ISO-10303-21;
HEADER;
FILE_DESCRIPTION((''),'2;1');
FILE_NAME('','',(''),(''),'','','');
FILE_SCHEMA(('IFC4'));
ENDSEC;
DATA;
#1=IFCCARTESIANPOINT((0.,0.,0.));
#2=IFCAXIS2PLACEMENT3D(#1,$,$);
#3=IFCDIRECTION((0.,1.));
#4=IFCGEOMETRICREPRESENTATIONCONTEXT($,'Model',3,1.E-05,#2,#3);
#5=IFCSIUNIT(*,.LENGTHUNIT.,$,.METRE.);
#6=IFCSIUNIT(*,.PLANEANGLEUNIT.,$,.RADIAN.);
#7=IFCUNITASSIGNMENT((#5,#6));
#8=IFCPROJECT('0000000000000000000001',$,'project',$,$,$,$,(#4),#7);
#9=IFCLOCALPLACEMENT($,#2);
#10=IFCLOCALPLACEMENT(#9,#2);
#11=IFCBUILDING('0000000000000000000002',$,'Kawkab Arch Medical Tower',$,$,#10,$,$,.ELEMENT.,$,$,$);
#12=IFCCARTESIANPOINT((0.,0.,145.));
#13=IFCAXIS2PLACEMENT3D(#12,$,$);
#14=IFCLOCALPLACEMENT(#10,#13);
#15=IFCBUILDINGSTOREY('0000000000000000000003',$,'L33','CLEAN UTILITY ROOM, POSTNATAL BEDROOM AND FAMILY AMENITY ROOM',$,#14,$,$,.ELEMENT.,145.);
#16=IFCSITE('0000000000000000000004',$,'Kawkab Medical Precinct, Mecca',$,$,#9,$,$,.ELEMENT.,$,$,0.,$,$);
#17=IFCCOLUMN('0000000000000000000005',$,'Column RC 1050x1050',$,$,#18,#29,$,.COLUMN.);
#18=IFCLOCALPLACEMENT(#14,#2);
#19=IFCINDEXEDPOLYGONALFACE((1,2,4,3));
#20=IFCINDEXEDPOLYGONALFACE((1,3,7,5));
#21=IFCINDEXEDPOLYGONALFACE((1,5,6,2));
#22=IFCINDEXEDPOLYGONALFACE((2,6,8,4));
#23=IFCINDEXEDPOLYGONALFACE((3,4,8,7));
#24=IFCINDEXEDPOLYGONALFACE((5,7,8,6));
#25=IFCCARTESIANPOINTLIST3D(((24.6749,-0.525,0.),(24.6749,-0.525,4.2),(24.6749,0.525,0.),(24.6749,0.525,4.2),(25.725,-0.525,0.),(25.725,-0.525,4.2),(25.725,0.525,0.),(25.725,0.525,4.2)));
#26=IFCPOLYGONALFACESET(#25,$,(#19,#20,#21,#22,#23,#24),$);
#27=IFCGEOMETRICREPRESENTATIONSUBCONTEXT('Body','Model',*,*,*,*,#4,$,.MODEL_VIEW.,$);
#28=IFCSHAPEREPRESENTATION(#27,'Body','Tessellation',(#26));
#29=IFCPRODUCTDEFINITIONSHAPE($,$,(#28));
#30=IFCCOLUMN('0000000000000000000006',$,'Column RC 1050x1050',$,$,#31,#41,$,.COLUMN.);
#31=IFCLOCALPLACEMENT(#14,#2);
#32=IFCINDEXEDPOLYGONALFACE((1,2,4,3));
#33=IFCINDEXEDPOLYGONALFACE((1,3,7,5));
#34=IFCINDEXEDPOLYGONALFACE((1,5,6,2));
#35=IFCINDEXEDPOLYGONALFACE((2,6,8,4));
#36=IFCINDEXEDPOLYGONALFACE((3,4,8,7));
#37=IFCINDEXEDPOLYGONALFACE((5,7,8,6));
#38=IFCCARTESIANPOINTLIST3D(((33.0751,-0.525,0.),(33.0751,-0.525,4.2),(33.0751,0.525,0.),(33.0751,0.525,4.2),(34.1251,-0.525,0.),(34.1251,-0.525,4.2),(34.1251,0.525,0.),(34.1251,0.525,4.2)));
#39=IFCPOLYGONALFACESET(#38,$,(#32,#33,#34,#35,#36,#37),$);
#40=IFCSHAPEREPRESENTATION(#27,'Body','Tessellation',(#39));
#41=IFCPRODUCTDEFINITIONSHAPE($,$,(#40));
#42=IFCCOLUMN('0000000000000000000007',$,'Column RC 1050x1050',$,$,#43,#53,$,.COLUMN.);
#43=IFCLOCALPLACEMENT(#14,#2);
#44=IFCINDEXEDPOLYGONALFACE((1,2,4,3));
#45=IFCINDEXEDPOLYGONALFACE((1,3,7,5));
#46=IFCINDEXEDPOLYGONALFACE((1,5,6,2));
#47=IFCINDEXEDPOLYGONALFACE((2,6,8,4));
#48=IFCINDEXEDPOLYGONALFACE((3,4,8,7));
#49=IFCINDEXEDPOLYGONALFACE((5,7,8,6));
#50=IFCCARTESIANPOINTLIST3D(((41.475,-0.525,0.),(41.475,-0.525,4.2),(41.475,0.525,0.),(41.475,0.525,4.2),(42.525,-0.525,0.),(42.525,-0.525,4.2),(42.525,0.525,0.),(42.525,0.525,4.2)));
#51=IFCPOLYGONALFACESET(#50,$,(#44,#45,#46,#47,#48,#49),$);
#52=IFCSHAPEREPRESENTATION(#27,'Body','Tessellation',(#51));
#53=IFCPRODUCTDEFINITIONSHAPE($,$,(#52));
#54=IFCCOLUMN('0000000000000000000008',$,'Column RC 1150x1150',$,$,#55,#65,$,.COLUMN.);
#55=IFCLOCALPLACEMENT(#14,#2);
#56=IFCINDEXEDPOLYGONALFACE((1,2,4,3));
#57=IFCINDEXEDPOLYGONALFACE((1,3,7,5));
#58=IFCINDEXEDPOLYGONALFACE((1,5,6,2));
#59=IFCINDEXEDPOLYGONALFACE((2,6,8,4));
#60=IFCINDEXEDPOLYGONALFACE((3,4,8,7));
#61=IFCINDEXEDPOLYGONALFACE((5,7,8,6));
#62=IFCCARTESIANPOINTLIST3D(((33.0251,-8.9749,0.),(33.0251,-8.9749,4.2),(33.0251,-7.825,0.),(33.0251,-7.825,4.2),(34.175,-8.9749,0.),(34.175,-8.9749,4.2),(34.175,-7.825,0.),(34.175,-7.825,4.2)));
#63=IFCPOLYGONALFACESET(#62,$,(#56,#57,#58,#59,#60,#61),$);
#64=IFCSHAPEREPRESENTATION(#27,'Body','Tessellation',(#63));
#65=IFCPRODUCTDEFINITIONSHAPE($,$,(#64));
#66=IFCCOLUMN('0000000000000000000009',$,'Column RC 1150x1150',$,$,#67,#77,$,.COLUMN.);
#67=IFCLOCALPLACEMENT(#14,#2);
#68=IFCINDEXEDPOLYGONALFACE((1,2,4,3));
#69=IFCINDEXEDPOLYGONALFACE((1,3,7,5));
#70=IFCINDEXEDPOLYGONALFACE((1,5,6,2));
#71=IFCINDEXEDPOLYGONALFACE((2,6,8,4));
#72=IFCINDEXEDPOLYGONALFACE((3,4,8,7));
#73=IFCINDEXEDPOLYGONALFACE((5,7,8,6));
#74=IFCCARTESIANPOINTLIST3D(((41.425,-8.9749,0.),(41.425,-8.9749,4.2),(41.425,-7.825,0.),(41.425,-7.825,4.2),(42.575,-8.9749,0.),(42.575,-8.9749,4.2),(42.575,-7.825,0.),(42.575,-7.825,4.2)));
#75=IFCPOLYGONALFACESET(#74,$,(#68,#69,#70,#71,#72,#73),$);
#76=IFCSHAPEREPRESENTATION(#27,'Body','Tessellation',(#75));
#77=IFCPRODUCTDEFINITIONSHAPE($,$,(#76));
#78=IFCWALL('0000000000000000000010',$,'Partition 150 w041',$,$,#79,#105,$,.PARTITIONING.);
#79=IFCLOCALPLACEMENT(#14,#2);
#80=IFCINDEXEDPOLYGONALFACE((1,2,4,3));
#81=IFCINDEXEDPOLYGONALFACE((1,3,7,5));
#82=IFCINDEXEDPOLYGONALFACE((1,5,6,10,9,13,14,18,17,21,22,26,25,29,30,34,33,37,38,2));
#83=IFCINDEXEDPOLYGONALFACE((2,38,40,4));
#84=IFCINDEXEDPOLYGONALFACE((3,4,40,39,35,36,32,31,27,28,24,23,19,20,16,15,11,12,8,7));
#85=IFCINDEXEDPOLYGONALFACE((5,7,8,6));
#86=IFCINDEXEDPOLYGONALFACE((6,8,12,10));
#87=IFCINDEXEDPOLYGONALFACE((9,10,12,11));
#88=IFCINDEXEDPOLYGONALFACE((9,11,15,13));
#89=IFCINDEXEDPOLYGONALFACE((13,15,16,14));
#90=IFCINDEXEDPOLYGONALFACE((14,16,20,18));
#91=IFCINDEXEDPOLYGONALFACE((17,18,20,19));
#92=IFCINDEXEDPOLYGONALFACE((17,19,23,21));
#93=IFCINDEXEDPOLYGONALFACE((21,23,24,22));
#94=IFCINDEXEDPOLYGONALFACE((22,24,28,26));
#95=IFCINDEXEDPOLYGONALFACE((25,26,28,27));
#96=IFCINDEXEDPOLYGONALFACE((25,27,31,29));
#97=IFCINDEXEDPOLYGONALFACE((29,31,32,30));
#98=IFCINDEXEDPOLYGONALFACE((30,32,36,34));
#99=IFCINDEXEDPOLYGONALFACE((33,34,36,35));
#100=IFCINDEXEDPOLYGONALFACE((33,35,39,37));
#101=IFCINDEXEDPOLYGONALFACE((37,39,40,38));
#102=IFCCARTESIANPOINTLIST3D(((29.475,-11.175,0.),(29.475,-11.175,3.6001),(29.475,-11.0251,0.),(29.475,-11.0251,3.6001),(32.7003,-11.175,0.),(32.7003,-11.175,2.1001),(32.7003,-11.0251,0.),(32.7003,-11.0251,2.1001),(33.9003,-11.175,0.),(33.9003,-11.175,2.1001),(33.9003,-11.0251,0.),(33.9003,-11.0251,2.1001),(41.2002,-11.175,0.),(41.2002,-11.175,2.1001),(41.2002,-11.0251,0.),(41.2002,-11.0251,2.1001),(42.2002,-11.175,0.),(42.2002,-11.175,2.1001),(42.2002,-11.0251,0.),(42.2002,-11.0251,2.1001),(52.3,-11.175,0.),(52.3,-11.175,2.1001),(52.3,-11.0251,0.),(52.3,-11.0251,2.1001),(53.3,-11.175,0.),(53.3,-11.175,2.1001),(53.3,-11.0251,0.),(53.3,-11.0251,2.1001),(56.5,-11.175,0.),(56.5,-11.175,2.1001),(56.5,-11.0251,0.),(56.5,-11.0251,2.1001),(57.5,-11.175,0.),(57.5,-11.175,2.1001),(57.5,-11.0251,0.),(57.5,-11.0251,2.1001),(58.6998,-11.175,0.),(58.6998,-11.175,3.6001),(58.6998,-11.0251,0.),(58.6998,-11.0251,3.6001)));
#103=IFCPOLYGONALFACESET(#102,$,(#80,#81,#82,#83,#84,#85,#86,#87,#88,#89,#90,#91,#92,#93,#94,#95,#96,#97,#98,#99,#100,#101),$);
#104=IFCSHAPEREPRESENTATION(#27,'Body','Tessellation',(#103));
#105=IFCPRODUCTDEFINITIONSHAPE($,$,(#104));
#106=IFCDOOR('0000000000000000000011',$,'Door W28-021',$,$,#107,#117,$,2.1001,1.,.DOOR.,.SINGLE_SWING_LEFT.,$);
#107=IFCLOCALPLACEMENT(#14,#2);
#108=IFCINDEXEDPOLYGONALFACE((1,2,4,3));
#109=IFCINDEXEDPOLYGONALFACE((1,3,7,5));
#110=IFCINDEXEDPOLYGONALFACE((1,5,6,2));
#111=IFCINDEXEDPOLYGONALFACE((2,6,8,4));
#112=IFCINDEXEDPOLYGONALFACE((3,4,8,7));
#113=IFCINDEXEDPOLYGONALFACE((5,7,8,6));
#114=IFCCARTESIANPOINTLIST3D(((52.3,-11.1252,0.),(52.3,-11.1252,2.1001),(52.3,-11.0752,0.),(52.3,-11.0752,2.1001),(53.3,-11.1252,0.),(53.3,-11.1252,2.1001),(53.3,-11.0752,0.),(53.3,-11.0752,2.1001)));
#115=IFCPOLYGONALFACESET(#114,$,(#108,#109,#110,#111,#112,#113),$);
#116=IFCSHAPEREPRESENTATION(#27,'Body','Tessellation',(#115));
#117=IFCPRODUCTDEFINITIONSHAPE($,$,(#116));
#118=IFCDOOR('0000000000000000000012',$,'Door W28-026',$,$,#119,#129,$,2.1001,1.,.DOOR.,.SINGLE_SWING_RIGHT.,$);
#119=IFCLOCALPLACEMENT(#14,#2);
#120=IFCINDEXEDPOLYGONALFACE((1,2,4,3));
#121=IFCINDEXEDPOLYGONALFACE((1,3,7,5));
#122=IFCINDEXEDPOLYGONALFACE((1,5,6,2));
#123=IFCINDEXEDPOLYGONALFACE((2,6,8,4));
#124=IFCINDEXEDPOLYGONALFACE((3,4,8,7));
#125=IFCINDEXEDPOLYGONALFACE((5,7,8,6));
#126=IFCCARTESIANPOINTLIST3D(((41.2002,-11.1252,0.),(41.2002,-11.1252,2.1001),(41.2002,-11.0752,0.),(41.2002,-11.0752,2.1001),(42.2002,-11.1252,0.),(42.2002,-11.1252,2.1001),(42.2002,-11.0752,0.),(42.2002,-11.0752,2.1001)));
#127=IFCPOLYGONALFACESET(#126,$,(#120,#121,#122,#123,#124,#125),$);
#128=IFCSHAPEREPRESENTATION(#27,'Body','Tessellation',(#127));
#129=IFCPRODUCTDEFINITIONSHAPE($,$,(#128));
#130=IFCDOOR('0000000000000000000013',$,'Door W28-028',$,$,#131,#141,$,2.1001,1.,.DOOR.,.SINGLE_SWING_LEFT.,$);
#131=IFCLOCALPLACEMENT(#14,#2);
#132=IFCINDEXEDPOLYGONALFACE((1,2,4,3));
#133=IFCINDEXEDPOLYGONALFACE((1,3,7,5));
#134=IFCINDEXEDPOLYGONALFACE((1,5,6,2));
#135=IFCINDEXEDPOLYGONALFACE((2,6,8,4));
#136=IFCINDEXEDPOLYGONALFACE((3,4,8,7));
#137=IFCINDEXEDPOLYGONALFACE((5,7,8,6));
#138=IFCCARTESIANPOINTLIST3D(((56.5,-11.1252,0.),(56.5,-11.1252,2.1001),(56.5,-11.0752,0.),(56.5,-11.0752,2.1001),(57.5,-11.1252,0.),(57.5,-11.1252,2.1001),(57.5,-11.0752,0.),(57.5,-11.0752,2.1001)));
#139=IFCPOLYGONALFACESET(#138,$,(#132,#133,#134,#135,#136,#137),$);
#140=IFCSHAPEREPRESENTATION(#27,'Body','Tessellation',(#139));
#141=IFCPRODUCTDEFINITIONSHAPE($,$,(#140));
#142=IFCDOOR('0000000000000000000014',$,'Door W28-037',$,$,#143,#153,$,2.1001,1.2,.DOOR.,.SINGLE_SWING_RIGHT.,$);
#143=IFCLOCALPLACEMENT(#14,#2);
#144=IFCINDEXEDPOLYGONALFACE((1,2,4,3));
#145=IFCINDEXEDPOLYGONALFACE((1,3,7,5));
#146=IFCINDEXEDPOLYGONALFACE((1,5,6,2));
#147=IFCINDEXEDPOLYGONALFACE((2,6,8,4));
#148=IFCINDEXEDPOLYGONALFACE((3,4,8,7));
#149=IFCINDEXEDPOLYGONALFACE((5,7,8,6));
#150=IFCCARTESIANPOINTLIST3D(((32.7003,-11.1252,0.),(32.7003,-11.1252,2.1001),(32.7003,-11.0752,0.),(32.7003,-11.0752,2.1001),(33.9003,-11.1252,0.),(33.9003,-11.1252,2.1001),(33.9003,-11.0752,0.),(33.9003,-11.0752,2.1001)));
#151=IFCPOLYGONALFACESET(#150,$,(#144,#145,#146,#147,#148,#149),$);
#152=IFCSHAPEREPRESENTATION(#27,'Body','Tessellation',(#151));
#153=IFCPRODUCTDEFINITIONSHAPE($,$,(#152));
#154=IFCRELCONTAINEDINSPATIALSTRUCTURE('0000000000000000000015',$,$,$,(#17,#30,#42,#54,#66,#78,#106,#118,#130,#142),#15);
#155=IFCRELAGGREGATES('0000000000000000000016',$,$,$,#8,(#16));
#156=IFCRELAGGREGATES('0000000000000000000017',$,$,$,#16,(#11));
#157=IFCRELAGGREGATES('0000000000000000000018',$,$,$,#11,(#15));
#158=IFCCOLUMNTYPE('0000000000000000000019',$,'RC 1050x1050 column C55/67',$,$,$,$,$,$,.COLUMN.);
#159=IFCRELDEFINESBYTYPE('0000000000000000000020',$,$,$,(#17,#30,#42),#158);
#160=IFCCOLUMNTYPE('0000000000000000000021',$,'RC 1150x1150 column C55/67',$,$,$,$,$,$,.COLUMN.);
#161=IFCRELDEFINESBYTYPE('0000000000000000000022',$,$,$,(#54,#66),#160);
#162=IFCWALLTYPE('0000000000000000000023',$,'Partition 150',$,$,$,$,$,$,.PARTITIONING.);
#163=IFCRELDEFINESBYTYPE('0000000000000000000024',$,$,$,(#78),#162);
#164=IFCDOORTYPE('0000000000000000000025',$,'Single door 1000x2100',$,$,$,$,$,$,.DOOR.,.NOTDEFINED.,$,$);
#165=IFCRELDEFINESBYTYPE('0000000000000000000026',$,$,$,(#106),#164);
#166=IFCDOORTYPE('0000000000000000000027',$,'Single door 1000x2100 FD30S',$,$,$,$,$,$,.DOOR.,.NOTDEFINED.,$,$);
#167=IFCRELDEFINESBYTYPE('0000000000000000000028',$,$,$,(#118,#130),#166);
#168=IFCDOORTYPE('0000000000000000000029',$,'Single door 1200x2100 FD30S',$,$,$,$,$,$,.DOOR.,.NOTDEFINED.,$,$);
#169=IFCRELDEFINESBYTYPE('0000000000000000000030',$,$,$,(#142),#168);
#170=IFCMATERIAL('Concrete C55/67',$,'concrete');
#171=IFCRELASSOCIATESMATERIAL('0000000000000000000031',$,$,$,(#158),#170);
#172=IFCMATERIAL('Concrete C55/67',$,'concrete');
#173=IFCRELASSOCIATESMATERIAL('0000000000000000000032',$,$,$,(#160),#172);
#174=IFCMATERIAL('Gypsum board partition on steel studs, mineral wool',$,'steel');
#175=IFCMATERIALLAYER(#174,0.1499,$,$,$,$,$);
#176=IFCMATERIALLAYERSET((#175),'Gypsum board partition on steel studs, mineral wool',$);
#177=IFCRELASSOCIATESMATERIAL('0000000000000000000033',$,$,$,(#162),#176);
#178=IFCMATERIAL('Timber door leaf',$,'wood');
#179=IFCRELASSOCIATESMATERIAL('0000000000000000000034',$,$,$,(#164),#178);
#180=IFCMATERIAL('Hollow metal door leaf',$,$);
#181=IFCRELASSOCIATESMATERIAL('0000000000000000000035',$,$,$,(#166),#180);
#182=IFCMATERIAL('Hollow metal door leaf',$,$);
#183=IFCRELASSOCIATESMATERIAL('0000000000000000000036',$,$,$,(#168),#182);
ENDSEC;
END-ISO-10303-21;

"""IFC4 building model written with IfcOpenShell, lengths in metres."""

from ifc_helpers import new_model, si_unit, direction, frame, frame_2d, origin, origin_2d, place, context, subcontext, project, spatial, rectangle, extrude, material, layer, layer_set, material_profile, profile_set, type_object, element, fill, save


model = new_model("IFC4")

# Units and contexts
model_context = context("Model", 3, precision=1e-05, world=origin(), true_north=direction((0.0, 1.0)))
body_context = subcontext(model_context, "Body", "Model", "MODEL_VIEW")
ifc_project = project(units=[si_unit("LENGTHUNIT", "METRE"), si_unit("PLANEANGLEUNIT", "RADIAN")], contexts=[model_context])

# Site, building, storey
site_placement = place(None, origin())
site = spatial("IfcSite", under=ifc_project, at=site_placement, Name="Kawkab Medical Precinct, Mecca", CompositionType="ELEMENT", RefElevation=0.0)
building_placement = place(site_placement, origin())
building = spatial("IfcBuilding", under=site, at=building_placement, Name="Kawkab Arch Medical Tower", CompositionType="ELEMENT")
storey_placement = place(building_placement, frame((0.0, 0.0, 145.0)))
storey = spatial("IfcBuildingStorey", under=building, at=storey_placement, Name="L33", Description="CLEAN UTILITY ROOM, POSTNATAL BEDROOM AND FAMILY AMENITY ROOM", CompositionType="ELEMENT", Elevation=145.0)

# Columns
ifc_material_1 = material(Name="Concrete C55/67", Category="concrete")
ifc_material_profile_1 = material_profile(ifc_material_1, rectangle(XDim=1.05, YDim=1.05, at=origin_2d()), Name="RC 1050x1050")
ifc_profile_set_1 = profile_set([ifc_material_profile_1], Name="Concrete C55/67")
column_type_1 = type_object("IfcColumnType", Name="RC 1050x1050 column C55/67", PredefinedType="COLUMN", material=ifc_profile_set_1)
for number, where, z_axis, x_axis, name in (
    (1, (25.2, 0.0, 0.0), (0.0, 0.0, 1.0), (1.0, 0.0, 0.0), "Column RC 1050x1050"),
    (2, (33.6001, 0.0, 0.0), (0.0, 0.0, 1.0), (1.0, 0.0, 0.0), "Column RC 1050x1050"),
    (3, (42.0, 0.0, 0.0), (0.0, 0.0, 1.0), (1.0, 0.0, 0.0), "Column RC 1050x1050"),
):
    element("IfcColumn", number, at=place(storey_placement, frame(where, z_axis=z_axis, x_axis=x_axis)), inside=storey, type_object=column_type_1, Name=name, PredefinedType="COLUMN", context=body_context, shape_type="SweptSolid", body=[
        extrude(rectangle(XDim=1.05, YDim=1.05, at=origin_2d()), origin(), (0.0, 0.0, 1.0), 4.2),
    ])
ifc_material_2 = material(Name="Concrete C55/67", Category="concrete")
ifc_material_profile_2 = material_profile(ifc_material_2, rectangle(XDim=1.1499, YDim=1.1499, at=origin_2d()), Name="RC 1150x1150")
ifc_profile_set_2 = profile_set([ifc_material_profile_2], Name="Concrete C55/67")
column_type_2 = type_object("IfcColumnType", Name="RC 1150x1150 column C55/67", PredefinedType="COLUMN", material=ifc_profile_set_2)
for number, where, z_axis, x_axis, name in (
    (4, (33.6001, -8.3999, 0.0), (0.0, 0.0, 1.0), (1.0, 0.0, 0.0), "Column RC 1150x1150"),
    (5, (42.0, -8.3999, 0.0), (0.0, 0.0, 1.0), (1.0, 0.0, 0.0), "Column RC 1150x1150"),
):
    element("IfcColumn", number, at=place(storey_placement, frame(where, z_axis=z_axis, x_axis=x_axis)), inside=storey, type_object=column_type_2, Name=name, PredefinedType="COLUMN", context=body_context, shape_type="SweptSolid", body=[
        extrude(rectangle(XDim=1.1499, YDim=1.1499, at=origin_2d()), origin(), (0.0, 0.0, 1.0), 4.2),
    ])

# Wall, openings, doors
ifc_material_3 = material(Name="Gypsum board partition on steel studs, mineral wool", Category="steel")
ifc_layer = layer(ifc_material_3, 0.1499)
ifc_layer_set = layer_set([ifc_layer], Name="Gypsum board partition on steel studs, mineral wool")
wall_type = type_object("IfcWallType", Name="Partition 150", PredefinedType="PARTITIONING", material=ifc_layer_set)
wall_1_placement = place(storey_placement, frame((29.4751, -11.1001, 0.0), z_axis=(0.0, 0.0, 1.0), x_axis=(1.0, 0.0, 0.0)))
wall_1 = element("IfcWall", 6, at=wall_1_placement, inside=storey, type_object=wall_type, Name="Partition 150 w041", PredefinedType="PARTITIONING", context=body_context, shape_type="SweptSolid", body=[
    extrude(rectangle(XDim=29.2249, YDim=0.1499, at=frame_2d((14.6123, 0.0))), origin(), (0.0, 0.0, 1.0), 3.6001),
])
opening_1_placement = place(wall_1_placement, frame((3.2251, 0.0, 0.0)))
opening_1 = element("IfcOpeningElement", 7, at=opening_1_placement, cuts=wall_1, PredefinedType="OPENING", context=body_context, shape_type="SweptSolid", body=[
    extrude(rectangle(XDim=1.2, YDim=2.1001, at=frame_2d((0.6001, 1.05))), frame((0.0, 0.085, 0.0), z_axis=(0.0, -1.0, 0.0), x_axis=(1.0, 0.0, 0.0)), (0.0, 0.0, 1.0), 0.1699),
])
opening_2_placement = place(wall_1_placement, frame((11.7251, 0.0, 0.0)))
opening_2 = element("IfcOpeningElement", 8, at=opening_2_placement, cuts=wall_1, PredefinedType="OPENING", context=body_context, shape_type="SweptSolid", body=[
    extrude(rectangle(XDim=1.0, YDim=2.1001, at=frame_2d((0.5, 1.05))), frame((0.0, 0.085, 0.0), z_axis=(0.0, -1.0, 0.0), x_axis=(1.0, 0.0, 0.0)), (0.0, 0.0, 1.0), 0.1699),
])
opening_3_placement = place(wall_1_placement, frame((22.825, 0.0, 0.0)))
opening_3 = element("IfcOpeningElement", 9, at=opening_3_placement, cuts=wall_1, PredefinedType="OPENING", context=body_context, shape_type="SweptSolid", body=[
    extrude(rectangle(XDim=1.0, YDim=2.1001, at=frame_2d((0.5, 1.05))), frame((0.0, 0.085, 0.0), z_axis=(0.0, -1.0, 0.0), x_axis=(1.0, 0.0, 0.0)), (0.0, 0.0, 1.0), 0.1699),
])
opening_4_placement = place(wall_1_placement, frame((27.0249, 0.0, 0.0)))
opening_4 = element("IfcOpeningElement", 10, at=opening_4_placement, cuts=wall_1, PredefinedType="OPENING", context=body_context, shape_type="SweptSolid", body=[
    extrude(rectangle(XDim=1.0, YDim=2.1001, at=frame_2d((0.5, 1.05))), frame((0.0, 0.085, 0.0), z_axis=(0.0, -1.0, 0.0), x_axis=(1.0, 0.0, 0.0)), (0.0, 0.0, 1.0), 0.1699),
])
ifc_material_4 = material(Name="Timber door leaf", Category="wood")
door_type_1 = type_object("IfcDoorType", Name="Single door 1000x2100", OperationType="NOTDEFINED", PredefinedType="DOOR", material=ifc_material_4)
door_1_placement = place(opening_3_placement, origin())
door_1 = element("IfcDoor", 11, at=door_1_placement, inside=storey, type_object=door_type_1, Name="Door W28-021", OperationType="SINGLE_SWING_LEFT", OverallHeight=2.1001, OverallWidth=1.0, PredefinedType="DOOR", context=body_context, shape_type="SweptSolid", body=[
    extrude(rectangle(XDim=1.0, YDim=2.1001, at=frame_2d((0.5, 1.05))), frame((0.0, 0.0249, 0.0), z_axis=(0.0, -1.0, 0.0), x_axis=(1.0, 0.0, 0.0)), (0.0, 0.0, 1.0), 0.05),
])
fill(opening_3, door_1)
ifc_material_5 = material(Name="Hollow metal door leaf")
door_type_2 = type_object("IfcDoorType", Name="Single door 1000x2100 FD30S", OperationType="NOTDEFINED", PredefinedType="DOOR", material=ifc_material_5)
door_2_placement = place(opening_2_placement, origin())
door_2 = element("IfcDoor", 12, at=door_2_placement, inside=storey, type_object=door_type_2, Name="Door W28-026", OperationType="SINGLE_SWING_RIGHT", OverallHeight=2.1001, OverallWidth=1.0, PredefinedType="DOOR", context=body_context, shape_type="SweptSolid", body=[
    extrude(rectangle(XDim=1.0, YDim=2.1001, at=frame_2d((0.5, 1.05))), frame((0.0, 0.0249, 0.0), z_axis=(0.0, -1.0, 0.0), x_axis=(1.0, 0.0, 0.0)), (0.0, 0.0, 1.0), 0.05),
])
fill(opening_2, door_2)
door_3_placement = place(opening_4_placement, origin())
door_3 = element("IfcDoor", 13, at=door_3_placement, inside=storey, type_object=door_type_2, Name="Door W28-028", OperationType="SINGLE_SWING_LEFT", OverallHeight=2.1001, OverallWidth=1.0, PredefinedType="DOOR", context=body_context, shape_type="SweptSolid", body=[
    extrude(rectangle(XDim=1.0, YDim=2.1001, at=frame_2d((0.5, 1.05))), frame((0.0, 0.0249, 0.0), z_axis=(0.0, -1.0, 0.0), x_axis=(1.0, 0.0, 0.0)), (0.0, 0.0, 1.0), 0.05),
])
fill(opening_4, door_3)
ifc_material_6 = material(Name="Hollow metal door leaf")
door_type_3 = type_object("IfcDoorType", Name="Single door 1200x2100 FD30S", OperationType="NOTDEFINED", PredefinedType="DOOR", material=ifc_material_6)
door_4_placement = place(opening_1_placement, origin())
door_4 = element("IfcDoor", 14, at=door_4_placement, inside=storey, type_object=door_type_3, Name="Door W28-037", OperationType="SINGLE_SWING_RIGHT", OverallHeight=2.1001, OverallWidth=1.2, PredefinedType="DOOR", context=body_context, shape_type="SweptSolid", body=[
    extrude(rectangle(XDim=1.2, YDim=2.1001, at=frame_2d((0.6001, 1.05))), frame((0.0, 0.0249, 0.0), z_axis=(0.0, -1.0, 0.0), x_axis=(1.0, 0.0, 0.0)), (0.0, 0.0, 1.0), 0.05),
])
fill(opening_1, door_4)

save(model, "model.ifc")
